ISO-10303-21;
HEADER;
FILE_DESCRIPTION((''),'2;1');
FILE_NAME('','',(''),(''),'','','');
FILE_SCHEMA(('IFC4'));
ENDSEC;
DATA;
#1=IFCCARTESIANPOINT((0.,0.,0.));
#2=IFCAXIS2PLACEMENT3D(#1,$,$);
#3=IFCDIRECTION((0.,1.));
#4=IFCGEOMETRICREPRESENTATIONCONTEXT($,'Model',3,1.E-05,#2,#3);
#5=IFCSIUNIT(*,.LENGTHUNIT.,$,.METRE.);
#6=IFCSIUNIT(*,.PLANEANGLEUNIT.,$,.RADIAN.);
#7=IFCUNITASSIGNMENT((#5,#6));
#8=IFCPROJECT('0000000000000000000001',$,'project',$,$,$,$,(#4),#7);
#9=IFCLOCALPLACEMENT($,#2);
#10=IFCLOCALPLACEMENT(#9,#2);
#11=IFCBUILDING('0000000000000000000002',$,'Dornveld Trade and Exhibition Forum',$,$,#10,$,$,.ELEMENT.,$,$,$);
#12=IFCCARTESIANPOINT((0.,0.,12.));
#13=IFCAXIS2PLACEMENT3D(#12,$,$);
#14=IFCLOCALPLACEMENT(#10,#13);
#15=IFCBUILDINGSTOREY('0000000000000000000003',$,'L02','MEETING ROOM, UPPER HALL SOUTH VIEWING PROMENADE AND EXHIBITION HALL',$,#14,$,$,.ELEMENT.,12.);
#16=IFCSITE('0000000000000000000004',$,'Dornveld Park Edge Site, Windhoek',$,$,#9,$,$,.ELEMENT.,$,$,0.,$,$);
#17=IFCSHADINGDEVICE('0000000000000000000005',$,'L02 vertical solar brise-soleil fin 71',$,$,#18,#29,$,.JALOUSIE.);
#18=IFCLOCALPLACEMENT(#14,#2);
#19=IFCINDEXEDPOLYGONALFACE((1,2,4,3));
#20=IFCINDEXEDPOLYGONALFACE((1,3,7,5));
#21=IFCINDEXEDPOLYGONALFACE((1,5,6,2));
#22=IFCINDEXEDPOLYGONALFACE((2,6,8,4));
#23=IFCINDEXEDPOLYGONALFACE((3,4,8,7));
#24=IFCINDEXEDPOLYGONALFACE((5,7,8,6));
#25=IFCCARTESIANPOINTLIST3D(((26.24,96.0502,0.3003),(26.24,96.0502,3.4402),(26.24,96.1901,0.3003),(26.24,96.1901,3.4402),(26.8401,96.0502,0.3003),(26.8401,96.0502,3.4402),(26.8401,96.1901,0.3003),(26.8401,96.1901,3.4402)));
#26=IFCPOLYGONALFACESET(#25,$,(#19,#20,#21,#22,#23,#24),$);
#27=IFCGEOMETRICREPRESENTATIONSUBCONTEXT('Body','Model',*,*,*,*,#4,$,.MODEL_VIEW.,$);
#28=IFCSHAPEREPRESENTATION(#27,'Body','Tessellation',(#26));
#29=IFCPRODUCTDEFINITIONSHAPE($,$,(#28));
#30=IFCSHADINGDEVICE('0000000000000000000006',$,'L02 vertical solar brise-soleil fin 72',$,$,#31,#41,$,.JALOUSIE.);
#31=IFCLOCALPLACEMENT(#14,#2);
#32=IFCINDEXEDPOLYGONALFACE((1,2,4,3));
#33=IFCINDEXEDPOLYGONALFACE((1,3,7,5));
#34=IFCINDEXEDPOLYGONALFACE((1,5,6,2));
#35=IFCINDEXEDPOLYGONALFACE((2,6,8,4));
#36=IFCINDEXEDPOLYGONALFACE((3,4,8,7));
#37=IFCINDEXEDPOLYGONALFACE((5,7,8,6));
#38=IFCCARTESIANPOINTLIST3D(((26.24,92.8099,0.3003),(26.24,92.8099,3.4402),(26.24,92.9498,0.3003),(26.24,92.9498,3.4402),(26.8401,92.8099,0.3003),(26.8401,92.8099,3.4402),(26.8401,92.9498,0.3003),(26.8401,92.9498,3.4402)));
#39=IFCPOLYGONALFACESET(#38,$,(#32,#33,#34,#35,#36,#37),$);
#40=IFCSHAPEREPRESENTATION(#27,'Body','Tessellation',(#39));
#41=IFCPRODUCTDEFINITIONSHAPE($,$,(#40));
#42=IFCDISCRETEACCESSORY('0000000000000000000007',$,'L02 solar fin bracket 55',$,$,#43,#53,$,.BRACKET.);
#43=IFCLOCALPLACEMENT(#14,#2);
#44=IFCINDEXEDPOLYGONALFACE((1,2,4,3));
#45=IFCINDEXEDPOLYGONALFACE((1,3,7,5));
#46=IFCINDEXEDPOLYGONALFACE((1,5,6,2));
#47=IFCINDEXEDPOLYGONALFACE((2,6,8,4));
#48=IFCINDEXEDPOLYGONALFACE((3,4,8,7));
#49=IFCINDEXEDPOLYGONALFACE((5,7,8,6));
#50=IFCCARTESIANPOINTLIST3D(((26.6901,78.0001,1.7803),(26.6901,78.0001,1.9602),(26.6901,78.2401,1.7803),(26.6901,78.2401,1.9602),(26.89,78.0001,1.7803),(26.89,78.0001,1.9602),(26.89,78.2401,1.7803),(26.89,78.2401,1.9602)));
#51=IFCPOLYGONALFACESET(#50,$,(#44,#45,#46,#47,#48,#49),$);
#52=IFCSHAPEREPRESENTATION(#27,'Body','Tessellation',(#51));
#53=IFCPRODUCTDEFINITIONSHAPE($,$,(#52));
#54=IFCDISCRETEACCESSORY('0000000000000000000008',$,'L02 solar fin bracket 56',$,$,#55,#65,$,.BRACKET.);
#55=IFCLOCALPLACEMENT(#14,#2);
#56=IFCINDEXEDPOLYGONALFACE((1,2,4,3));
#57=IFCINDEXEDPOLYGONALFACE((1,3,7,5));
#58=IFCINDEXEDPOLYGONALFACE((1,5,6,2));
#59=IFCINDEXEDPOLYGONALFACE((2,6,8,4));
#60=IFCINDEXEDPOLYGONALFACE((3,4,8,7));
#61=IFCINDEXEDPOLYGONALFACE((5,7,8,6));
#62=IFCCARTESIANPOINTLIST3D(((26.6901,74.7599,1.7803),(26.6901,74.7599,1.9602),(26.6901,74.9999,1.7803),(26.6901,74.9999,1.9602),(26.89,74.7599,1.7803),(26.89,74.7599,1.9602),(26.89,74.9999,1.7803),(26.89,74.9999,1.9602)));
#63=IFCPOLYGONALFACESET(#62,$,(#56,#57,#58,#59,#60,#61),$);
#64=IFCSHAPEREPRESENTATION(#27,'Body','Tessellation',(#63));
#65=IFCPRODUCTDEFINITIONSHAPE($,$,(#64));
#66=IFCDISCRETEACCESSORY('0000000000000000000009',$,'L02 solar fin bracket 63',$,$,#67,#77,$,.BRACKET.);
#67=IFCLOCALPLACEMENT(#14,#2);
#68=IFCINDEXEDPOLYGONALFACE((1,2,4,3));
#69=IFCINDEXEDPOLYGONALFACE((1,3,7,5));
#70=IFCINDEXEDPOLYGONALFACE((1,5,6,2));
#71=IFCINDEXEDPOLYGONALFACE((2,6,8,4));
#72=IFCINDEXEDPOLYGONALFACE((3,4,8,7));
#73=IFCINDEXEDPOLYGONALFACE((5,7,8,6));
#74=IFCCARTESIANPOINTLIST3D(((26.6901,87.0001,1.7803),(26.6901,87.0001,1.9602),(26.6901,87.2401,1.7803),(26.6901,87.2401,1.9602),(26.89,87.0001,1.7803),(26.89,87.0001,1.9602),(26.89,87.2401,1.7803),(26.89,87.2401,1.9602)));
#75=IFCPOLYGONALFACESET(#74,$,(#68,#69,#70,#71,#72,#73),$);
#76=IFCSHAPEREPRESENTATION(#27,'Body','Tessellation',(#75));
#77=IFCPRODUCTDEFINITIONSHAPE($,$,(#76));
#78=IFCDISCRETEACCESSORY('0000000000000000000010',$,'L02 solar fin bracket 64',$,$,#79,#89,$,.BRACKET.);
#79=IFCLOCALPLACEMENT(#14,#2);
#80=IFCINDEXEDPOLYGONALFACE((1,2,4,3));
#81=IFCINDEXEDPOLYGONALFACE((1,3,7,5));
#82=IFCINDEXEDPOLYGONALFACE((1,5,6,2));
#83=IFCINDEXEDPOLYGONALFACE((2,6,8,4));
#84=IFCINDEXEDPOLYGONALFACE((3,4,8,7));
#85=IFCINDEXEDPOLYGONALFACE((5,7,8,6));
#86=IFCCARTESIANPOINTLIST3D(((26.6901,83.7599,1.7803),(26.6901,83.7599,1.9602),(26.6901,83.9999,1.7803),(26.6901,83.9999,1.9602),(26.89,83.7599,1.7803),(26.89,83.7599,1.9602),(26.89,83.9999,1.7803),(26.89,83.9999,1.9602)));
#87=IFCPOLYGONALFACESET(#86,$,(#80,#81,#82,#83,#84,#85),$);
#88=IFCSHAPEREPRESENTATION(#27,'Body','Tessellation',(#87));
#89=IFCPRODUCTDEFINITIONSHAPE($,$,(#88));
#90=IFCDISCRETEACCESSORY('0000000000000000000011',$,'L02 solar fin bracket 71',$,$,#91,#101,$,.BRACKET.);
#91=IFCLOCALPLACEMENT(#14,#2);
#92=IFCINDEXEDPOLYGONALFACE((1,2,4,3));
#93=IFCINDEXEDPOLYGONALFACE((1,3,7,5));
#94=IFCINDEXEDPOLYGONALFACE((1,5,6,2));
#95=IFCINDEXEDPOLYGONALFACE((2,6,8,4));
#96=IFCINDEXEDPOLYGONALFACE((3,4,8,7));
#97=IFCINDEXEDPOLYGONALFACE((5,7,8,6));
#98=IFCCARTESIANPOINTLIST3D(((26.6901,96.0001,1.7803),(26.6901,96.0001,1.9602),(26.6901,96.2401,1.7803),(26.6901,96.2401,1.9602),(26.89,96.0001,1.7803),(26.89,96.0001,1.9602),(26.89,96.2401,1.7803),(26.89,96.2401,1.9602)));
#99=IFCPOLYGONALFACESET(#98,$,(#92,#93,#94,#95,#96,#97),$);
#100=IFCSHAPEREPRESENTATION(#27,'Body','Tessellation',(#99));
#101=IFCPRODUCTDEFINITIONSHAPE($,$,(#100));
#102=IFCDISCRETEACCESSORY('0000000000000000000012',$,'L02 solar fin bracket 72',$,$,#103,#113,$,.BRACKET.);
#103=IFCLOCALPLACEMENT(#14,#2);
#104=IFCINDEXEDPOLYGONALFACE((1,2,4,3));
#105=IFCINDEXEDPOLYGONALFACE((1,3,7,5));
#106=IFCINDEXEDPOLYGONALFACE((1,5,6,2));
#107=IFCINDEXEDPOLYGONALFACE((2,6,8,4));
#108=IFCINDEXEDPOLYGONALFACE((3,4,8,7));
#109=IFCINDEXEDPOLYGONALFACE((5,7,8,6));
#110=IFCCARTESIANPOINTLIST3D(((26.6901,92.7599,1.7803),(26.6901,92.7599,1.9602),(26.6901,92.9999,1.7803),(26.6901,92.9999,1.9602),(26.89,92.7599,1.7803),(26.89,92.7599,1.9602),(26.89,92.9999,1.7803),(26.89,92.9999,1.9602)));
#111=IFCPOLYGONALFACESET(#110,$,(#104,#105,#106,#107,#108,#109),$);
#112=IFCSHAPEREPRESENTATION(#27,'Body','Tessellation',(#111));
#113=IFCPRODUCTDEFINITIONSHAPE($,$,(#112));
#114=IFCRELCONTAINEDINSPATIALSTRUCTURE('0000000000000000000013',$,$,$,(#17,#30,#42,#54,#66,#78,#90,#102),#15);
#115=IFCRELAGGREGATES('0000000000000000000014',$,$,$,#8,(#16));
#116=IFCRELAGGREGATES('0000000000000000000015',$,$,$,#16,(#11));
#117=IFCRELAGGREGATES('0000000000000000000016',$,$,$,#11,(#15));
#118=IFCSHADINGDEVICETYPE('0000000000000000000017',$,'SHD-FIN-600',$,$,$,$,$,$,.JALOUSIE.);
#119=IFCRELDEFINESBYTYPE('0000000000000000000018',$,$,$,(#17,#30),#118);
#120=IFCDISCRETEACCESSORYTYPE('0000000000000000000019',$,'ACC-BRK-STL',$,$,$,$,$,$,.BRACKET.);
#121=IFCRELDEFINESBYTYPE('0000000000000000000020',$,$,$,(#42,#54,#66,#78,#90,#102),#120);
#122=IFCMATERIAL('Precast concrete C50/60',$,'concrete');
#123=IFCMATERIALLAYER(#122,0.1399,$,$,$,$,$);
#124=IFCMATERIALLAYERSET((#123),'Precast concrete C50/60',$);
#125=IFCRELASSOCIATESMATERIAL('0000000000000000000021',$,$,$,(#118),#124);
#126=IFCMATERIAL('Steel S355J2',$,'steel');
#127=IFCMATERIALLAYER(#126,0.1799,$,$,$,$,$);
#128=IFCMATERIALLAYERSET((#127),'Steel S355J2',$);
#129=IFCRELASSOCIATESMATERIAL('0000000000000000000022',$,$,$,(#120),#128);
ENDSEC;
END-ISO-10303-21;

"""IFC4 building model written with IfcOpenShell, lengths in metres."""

from ifc_helpers import new_model, si_unit, direction, frame, origin, origin_2d, place, context, subcontext, project, spatial, rectangle, extrude, material, layer, layer_set, type_object, element, save


model = new_model("IFC4")

# Units and contexts
model_context = context("Model", 3, precision=1e-05, world=origin(), true_north=direction((0.0, 1.0)))
body_context = subcontext(model_context, "Body", "Model", "MODEL_VIEW")
ifc_project = project(units=[si_unit("LENGTHUNIT", "METRE"), si_unit("PLANEANGLEUNIT", "RADIAN")], contexts=[model_context])

# Site, building, storey
site_placement = place(None, origin())
site = spatial("IfcSite", under=ifc_project, at=site_placement, Name="Dornveld Park Edge Site, Windhoek", CompositionType="ELEMENT", RefElevation=0.0)
building_placement = place(site_placement, origin())
building = spatial("IfcBuilding", under=site, at=building_placement, Name="Dornveld Trade and Exhibition Forum", CompositionType="ELEMENT")
storey_placement = place(building_placement, frame((0.0, 0.0, 12.0)))
storey = spatial("IfcBuildingStorey", under=building, at=storey_placement, Name="L02", Description="MEETING ROOM, UPPER HALL SOUTH VIEWING PROMENADE AND EXHIBITION HALL", CompositionType="ELEMENT", Elevation=12.0)

# Shading devices
ifc_material_1 = material(Name="Precast concrete C50/60", Category="concrete")
ifc_layer_1 = layer(ifc_material_1, 0.1399)
ifc_layer_set_1 = layer_set([ifc_layer_1], Name="Precast concrete C50/60")
shading_device_type = type_object("IfcShadingDeviceType", Name="SHD-FIN-600", PredefinedType="JALOUSIE", material=ifc_layer_set_1)
for number, where, z_axis, x_axis, name in (
    (1, (26.54, 96.1201, 0.3003), (0.0, 0.0, 1.0), (0.0, -1.0, 0.0), "L02 vertical solar brise-soleil fin 71"),
    (2, (26.54, 92.8799, 0.3003), (0.0, 0.0, 1.0), (0.0, -1.0, 0.0), "L02 vertical solar brise-soleil fin 72"),
):
    element("IfcShadingDevice", number, at=place(storey_placement, frame(where, z_axis=z_axis, x_axis=x_axis)), inside=storey, type_object=shading_device_type, Name=name, PredefinedType="JALOUSIE", context=body_context, shape_type="SweptSolid", body=[
        extrude(rectangle(XDim=0.1399, YDim=0.6001, at=origin_2d()), origin(), (0.0, 0.0, 1.0), 3.1399),
    ])

# Discrete accessories
ifc_material_2 = material(Name="Steel S355J2", Category="steel")
ifc_layer_2 = layer(ifc_material_2, 0.1799)
ifc_layer_set_2 = layer_set([ifc_layer_2], Name="Steel S355J2")
discrete_accessory_type = type_object("IfcDiscreteAccessoryType", Name="ACC-BRK-STL", PredefinedType="BRACKET", material=ifc_layer_set_2)
for number, where, z_axis, x_axis, name in (
    (3, (26.79, 78.1201, 1.7803), (0.0, 0.0, 1.0), (0.0, -1.0, 0.0), "L02 solar fin bracket 55"),
    (4, (26.79, 74.8799, 1.7803), (0.0, 0.0, 1.0), (0.0, -1.0, 0.0), "L02 solar fin bracket 56"),
    (5, (26.79, 87.1201, 1.7803), (0.0, 0.0, 1.0), (0.0, -1.0, 0.0), "L02 solar fin bracket 63"),
    (6, (26.79, 83.8799, 1.7803), (0.0, 0.0, 1.0), (0.0, -1.0, 0.0), "L02 solar fin bracket 64"),
    (7, (26.79, 96.1201, 1.7803), (0.0, 0.0, 1.0), (0.0, -1.0, 0.0), "L02 solar fin bracket 71"),
    (8, (26.79, 92.8799, 1.7803), (0.0, 0.0, 1.0), (0.0, -1.0, 0.0), "L02 solar fin bracket 72"),
):
    element("IfcDiscreteAccessory", number, at=place(storey_placement, frame(where, z_axis=z_axis, x_axis=x_axis)), inside=storey, type_object=discrete_accessory_type, Name=name, PredefinedType="BRACKET", context=body_context, shape_type="SweptSolid", body=[
        extrude(rectangle(XDim=0.24, YDim=0.2, at=origin_2d()), origin(), (0.0, 0.0, 1.0), 0.1799),
    ])

save(model, "model.ifc")
